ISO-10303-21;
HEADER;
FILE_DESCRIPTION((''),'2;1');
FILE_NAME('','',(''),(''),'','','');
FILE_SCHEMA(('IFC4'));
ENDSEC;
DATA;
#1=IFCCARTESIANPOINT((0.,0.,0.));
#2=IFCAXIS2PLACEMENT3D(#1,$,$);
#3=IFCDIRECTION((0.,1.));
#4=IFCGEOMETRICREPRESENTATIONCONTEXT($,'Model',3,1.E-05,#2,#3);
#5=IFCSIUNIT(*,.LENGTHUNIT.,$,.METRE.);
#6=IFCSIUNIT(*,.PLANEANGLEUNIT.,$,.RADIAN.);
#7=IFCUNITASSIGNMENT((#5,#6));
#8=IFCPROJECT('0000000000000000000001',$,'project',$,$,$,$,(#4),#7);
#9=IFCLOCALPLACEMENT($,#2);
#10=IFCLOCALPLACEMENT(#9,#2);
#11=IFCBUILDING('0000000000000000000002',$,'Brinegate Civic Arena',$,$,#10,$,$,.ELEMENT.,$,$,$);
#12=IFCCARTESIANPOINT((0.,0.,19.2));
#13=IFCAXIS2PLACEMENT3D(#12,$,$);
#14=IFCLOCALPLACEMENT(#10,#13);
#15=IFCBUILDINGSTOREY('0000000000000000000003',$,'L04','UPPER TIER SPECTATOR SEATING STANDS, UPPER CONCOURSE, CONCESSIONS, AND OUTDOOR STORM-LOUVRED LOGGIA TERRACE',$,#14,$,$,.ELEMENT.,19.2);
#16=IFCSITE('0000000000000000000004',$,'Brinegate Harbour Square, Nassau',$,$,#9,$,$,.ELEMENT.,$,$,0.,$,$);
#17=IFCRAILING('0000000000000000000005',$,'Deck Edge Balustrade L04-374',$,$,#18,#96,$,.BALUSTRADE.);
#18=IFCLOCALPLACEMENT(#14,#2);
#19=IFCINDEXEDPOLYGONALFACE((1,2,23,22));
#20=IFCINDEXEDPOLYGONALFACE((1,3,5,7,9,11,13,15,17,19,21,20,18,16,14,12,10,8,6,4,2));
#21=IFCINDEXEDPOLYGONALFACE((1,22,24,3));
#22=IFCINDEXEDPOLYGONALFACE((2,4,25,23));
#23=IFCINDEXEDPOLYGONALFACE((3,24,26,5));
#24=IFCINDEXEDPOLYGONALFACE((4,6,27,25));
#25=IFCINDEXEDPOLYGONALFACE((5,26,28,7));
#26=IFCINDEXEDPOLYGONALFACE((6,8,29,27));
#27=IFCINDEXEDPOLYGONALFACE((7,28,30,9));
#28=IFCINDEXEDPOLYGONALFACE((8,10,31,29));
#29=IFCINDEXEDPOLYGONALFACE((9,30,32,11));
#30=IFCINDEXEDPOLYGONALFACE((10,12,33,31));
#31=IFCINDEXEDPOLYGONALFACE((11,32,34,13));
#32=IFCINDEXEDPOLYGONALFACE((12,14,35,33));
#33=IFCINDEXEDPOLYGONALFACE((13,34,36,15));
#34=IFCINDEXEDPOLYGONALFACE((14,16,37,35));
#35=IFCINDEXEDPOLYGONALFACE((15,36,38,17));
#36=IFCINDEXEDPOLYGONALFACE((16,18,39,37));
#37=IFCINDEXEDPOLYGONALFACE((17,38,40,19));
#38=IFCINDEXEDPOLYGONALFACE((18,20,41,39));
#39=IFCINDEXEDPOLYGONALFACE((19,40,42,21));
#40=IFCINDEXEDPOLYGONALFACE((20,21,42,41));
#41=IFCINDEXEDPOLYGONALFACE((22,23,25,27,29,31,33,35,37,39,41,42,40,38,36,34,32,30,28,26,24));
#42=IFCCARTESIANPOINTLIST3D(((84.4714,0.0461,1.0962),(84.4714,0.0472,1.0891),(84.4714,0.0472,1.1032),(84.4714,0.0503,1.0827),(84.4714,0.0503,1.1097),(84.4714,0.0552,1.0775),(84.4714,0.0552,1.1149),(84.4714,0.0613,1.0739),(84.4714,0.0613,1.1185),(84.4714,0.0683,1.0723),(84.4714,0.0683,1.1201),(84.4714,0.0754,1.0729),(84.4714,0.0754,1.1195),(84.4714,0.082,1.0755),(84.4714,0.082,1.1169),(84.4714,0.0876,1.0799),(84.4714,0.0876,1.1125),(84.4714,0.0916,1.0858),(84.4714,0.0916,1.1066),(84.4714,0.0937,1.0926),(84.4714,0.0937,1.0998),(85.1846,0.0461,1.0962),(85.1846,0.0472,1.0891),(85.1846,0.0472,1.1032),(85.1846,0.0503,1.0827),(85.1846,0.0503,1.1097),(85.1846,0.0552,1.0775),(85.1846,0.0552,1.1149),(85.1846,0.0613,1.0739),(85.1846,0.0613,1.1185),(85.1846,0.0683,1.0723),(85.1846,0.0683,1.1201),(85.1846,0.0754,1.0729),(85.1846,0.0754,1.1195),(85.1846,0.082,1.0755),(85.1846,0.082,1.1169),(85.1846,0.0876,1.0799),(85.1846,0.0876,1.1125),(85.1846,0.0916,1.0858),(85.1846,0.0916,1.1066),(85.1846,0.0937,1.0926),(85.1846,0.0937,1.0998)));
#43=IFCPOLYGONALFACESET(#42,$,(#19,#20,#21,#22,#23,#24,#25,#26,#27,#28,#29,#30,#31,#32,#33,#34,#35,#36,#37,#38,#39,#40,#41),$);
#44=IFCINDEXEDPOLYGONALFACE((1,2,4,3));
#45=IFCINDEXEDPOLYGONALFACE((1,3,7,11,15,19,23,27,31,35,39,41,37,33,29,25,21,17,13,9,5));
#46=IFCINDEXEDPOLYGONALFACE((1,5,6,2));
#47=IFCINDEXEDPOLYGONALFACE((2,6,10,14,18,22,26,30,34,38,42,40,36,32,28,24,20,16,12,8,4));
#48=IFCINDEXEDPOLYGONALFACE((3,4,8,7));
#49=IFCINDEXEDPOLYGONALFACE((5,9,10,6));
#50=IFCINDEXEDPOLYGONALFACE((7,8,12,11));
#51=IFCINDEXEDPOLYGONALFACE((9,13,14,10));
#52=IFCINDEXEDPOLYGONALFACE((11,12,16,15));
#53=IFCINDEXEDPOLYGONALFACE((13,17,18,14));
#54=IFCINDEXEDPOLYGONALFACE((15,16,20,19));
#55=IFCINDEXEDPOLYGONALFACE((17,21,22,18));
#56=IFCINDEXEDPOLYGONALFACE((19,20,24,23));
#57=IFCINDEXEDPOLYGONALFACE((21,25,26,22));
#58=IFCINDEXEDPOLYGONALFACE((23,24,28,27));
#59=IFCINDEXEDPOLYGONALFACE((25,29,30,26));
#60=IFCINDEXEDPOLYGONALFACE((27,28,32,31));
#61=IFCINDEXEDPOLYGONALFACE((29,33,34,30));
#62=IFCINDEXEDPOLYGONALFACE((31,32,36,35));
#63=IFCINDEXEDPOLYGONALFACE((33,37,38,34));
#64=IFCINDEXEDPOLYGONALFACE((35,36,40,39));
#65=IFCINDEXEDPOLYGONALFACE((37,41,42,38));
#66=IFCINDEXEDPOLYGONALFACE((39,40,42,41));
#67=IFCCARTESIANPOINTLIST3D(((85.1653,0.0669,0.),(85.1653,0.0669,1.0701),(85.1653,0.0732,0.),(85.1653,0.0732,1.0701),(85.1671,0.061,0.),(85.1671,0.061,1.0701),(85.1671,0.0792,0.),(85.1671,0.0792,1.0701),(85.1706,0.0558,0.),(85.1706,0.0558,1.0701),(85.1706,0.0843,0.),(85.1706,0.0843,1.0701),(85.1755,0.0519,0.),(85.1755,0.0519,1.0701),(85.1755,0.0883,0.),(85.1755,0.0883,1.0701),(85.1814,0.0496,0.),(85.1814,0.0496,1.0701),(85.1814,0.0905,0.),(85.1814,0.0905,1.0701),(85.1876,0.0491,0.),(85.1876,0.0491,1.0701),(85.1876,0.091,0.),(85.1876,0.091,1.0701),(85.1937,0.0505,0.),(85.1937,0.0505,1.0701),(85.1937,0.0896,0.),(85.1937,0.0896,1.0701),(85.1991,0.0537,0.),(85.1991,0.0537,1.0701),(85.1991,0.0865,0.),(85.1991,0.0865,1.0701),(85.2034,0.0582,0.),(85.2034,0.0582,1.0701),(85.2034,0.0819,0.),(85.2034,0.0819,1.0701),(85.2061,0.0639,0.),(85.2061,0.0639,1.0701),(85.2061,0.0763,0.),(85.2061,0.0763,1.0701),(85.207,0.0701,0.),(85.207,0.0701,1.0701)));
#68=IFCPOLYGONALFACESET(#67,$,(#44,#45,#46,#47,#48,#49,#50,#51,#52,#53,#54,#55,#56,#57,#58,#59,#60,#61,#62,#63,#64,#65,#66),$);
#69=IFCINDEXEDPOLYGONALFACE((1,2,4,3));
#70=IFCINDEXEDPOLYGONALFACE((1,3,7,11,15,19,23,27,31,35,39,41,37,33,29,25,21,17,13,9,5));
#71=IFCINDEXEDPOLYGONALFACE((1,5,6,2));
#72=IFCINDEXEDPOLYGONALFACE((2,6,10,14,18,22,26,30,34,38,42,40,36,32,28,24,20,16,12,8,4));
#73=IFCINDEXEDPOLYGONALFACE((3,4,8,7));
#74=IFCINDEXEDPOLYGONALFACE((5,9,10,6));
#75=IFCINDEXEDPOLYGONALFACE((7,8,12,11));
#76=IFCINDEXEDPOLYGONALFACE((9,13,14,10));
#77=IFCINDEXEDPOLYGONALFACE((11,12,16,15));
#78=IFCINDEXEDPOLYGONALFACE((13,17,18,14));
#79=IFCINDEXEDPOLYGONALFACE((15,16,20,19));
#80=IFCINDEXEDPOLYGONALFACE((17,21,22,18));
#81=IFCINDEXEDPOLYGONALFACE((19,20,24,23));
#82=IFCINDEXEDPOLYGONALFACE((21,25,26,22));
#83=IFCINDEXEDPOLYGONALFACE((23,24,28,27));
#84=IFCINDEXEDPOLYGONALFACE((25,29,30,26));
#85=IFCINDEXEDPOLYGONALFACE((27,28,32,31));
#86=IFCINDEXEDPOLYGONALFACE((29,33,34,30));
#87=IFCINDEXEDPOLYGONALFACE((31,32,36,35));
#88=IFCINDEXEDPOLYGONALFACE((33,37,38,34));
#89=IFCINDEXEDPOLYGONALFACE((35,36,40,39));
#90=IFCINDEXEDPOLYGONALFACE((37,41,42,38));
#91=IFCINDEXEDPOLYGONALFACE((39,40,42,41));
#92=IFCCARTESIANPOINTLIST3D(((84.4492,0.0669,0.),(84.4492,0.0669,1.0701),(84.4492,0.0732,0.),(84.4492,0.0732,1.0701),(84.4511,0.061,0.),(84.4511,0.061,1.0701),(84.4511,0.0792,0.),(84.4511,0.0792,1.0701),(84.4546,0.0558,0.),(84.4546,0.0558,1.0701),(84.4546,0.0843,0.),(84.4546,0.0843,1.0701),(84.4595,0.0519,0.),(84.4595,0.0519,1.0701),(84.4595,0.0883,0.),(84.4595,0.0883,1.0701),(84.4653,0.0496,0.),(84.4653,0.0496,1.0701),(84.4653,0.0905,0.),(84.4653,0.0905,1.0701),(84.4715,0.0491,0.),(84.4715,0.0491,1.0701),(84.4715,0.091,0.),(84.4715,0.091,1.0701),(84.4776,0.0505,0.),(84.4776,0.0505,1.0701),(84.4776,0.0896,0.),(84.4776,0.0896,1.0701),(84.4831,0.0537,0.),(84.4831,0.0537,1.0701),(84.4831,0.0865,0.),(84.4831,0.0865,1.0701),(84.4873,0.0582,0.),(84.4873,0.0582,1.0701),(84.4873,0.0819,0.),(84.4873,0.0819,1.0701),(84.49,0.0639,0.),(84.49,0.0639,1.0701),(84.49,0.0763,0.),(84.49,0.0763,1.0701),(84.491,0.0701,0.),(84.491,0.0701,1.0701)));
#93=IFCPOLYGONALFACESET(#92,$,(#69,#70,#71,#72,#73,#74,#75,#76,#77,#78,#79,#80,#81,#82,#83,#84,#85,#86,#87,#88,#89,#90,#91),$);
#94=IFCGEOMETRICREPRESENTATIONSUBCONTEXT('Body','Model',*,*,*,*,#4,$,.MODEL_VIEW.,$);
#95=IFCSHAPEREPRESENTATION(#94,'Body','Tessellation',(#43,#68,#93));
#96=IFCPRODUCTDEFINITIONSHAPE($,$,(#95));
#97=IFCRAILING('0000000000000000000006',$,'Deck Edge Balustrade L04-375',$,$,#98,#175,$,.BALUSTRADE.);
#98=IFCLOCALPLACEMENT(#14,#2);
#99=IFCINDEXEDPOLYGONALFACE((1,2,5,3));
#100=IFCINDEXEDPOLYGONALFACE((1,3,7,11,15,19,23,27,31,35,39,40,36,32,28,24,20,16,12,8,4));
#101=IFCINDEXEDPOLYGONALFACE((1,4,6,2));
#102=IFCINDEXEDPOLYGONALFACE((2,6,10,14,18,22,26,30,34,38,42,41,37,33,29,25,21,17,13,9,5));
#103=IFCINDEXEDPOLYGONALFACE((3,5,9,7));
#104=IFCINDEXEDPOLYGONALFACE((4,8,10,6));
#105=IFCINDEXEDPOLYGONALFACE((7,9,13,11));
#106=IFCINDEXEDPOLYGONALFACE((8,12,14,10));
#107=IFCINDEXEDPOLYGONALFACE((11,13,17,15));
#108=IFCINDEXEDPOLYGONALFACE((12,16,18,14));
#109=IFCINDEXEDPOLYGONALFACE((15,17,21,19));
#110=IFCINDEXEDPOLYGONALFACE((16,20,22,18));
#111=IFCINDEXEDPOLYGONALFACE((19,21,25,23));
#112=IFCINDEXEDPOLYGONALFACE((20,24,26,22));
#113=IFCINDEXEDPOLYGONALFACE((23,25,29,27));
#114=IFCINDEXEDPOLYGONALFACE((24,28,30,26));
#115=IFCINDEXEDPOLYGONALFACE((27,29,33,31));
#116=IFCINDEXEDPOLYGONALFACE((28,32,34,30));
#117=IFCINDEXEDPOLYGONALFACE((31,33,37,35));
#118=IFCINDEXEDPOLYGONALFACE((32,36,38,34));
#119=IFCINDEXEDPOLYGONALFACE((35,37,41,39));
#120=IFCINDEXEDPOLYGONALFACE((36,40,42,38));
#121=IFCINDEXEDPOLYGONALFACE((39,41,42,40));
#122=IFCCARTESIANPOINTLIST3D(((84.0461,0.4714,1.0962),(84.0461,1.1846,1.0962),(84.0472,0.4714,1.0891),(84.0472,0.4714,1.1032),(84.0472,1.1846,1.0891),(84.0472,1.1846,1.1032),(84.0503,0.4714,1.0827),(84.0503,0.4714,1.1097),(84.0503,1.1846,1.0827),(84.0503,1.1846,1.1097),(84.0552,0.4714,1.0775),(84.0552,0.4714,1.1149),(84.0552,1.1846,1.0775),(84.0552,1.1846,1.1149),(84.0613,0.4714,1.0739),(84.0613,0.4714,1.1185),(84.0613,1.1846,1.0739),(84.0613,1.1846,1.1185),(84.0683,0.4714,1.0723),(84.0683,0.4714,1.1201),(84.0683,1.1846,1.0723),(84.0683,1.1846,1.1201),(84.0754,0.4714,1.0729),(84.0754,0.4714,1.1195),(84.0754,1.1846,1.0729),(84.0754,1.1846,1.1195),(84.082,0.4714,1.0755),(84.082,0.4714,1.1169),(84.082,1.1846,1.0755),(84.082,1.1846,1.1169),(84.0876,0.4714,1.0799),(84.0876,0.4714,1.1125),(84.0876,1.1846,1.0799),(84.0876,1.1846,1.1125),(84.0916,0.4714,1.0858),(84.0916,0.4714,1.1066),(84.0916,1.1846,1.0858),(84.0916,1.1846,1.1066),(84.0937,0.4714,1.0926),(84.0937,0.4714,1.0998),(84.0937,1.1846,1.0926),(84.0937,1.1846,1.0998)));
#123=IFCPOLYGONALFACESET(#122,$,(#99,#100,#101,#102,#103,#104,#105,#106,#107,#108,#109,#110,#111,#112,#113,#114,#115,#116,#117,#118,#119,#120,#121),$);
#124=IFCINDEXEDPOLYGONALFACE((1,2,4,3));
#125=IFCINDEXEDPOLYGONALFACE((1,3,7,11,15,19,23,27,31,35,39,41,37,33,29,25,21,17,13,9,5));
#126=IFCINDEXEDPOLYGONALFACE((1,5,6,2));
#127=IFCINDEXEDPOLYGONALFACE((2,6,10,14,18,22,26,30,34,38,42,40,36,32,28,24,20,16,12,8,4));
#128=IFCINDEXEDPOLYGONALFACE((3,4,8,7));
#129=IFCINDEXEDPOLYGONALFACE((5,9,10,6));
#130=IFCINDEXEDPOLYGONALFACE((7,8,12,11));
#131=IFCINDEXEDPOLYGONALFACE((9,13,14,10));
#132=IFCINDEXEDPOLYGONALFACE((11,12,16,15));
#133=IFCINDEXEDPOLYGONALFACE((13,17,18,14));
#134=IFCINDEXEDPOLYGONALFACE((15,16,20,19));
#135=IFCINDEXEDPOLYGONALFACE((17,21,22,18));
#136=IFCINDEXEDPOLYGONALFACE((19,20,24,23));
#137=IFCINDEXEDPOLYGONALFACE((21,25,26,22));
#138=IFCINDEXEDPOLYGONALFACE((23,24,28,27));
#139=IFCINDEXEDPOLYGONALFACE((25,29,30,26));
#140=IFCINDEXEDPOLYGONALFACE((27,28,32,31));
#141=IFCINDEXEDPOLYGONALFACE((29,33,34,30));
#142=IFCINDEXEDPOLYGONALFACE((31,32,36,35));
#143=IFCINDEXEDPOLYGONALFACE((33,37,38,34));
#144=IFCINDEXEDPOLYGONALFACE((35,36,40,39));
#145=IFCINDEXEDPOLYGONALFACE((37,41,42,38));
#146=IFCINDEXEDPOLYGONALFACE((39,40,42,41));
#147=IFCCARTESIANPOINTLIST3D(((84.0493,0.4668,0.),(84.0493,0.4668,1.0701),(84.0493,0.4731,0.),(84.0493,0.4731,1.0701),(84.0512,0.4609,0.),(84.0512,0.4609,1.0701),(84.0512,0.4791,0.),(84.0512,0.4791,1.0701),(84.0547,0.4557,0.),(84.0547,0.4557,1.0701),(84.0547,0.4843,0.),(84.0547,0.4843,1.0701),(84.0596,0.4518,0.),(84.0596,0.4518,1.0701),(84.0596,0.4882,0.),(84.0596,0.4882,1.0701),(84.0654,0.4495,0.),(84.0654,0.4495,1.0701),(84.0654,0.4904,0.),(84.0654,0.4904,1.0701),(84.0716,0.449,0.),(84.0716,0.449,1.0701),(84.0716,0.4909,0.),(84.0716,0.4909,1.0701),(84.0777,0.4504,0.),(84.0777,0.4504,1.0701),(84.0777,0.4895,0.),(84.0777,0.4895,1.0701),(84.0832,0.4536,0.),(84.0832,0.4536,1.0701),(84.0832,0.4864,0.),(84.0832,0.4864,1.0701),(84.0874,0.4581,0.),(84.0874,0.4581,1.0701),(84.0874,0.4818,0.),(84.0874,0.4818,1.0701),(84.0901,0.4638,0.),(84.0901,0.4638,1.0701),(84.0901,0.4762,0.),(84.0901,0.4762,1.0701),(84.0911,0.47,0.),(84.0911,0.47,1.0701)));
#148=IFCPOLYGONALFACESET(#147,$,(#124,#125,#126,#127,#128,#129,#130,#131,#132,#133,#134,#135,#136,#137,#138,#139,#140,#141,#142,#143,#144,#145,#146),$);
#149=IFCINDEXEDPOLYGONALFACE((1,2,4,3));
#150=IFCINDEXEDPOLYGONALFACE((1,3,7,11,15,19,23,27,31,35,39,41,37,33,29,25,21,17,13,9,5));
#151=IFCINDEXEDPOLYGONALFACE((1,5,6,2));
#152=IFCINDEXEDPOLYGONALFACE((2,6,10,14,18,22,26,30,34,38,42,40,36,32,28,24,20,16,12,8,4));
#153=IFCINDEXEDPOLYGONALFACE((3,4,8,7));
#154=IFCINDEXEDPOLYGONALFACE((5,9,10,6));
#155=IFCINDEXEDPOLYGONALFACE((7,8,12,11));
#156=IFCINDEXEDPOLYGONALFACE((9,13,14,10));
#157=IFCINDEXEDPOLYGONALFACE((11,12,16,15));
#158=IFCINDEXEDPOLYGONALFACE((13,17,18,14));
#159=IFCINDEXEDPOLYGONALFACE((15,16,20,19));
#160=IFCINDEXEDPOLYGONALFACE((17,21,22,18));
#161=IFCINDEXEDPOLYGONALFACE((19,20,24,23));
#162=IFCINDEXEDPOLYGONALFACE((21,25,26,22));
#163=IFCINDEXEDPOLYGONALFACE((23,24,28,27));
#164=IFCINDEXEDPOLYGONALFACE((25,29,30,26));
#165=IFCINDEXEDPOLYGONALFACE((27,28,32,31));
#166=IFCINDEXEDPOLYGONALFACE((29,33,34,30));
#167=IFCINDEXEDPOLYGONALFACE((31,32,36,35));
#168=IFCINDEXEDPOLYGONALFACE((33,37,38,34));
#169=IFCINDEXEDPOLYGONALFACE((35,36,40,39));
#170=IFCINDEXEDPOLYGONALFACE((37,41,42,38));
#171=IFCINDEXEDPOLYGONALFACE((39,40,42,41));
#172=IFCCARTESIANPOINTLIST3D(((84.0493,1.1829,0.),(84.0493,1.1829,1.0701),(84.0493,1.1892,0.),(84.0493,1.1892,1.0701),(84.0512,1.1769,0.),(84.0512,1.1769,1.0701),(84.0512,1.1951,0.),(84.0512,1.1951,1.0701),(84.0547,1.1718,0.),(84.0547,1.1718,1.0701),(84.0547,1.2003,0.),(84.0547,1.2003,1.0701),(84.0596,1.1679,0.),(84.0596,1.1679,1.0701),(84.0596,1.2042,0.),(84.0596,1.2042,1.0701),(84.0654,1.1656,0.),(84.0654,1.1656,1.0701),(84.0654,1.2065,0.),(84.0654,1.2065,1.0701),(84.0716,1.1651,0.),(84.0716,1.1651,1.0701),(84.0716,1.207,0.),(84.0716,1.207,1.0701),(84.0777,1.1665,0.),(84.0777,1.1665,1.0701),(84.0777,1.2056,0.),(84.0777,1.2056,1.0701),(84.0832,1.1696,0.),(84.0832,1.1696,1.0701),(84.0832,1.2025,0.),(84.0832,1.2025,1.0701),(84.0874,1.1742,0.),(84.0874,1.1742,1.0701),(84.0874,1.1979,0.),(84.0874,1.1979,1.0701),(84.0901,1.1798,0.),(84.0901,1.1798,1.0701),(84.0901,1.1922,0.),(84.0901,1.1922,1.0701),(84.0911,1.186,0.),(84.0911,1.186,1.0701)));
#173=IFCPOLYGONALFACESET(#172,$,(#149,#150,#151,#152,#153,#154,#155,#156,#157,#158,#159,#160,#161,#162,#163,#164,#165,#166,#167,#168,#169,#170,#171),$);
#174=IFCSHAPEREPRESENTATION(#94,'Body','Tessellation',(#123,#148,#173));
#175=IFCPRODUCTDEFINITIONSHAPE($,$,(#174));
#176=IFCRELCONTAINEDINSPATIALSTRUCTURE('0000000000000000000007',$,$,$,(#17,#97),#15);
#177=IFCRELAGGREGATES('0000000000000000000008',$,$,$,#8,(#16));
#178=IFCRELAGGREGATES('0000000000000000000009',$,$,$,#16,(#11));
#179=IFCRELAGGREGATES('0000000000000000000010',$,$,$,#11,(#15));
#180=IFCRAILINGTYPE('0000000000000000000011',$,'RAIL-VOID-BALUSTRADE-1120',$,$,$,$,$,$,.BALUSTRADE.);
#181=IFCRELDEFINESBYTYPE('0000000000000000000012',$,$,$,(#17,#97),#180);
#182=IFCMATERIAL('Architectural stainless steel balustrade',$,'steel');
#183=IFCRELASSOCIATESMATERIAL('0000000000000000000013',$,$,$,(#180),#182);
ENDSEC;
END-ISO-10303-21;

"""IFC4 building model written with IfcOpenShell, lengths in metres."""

from ifc_helpers import new_model, si_unit, direction, frame, origin, origin_2d, place, context, subcontext, project, spatial, circle, extrude, material, type_object, element, save


model = new_model("IFC4")

# Units and contexts
model_context = context("Model", 3, precision=1e-05, world=origin(), true_north=direction((0.0, 1.0)))
body_context = subcontext(model_context, "Body", "Model", "MODEL_VIEW")
ifc_project = project(units=[si_unit("LENGTHUNIT", "METRE"), si_unit("PLANEANGLEUNIT", "RADIAN")], contexts=[model_context])

# Site, building, storey
site_placement = place(None, origin())
site = spatial("IfcSite", under=ifc_project, at=site_placement, Name="Brinegate Harbour Square, Nassau", CompositionType="ELEMENT", RefElevation=0.0)
building_placement = place(site_placement, origin())
building = spatial("IfcBuilding", under=site, at=building_placement, Name="Brinegate Civic Arena", CompositionType="ELEMENT")
storey_placement = place(building_placement, frame((0.0, 0.0, 19.2)))
storey = spatial("IfcBuildingStorey", under=building, at=storey_placement, Name="L04", Description="UPPER TIER SPECTATOR SEATING STANDS, UPPER CONCOURSE, CONCESSIONS, AND OUTDOOR STORM-LOUVRED LOGGIA TERRACE", CompositionType="ELEMENT", Elevation=19.2)

# Railings
ifc_material_1 = material(Name="Architectural stainless steel balustrade", Category="steel")
railing_type = type_object("IfcRailingType", Name="RAIL-VOID-BALUSTRADE-1120", PredefinedType="BALUSTRADE", material=ifc_material_1)
railing_placement = place(storey_placement, frame((85.186, 0.0701, 0.0)))
element("IfcRailing", 1, at=railing_placement, inside=storey, type_object=railing_type, Name="Deck Edge Balustrade L04-374", PredefinedType="BALUSTRADE", context=body_context, shape_type="SweptSolid", body=[
    extrude(circle(Radius=0.0239, at=origin_2d()), frame((-0.0015, 0.0, 1.0962), z_axis=(-1.0, 0.0, 0.0), x_axis=(0.0, -1.0, 0.0)), (0.0, 0.0, 1.0), 0.7131),
    extrude(circle(Radius=0.021, at=origin_2d()), origin(), (0.0, 0.0, 1.0), 1.0701),
    extrude(circle(Radius=0.021, at=origin_2d()), frame((-0.7161, 0.0, 0.0)), (0.0, 0.0, 1.0), 1.0701),
])
for number, where, name in (
    (2, (84.0701, 0.47, 0.0), "Deck Edge Balustrade L04-375"),
):
    element("IfcRailing", number, at=place(storey_placement, frame(where)), inside=storey, type_object=railing_type, Name=name, PredefinedType="BALUSTRADE", context=body_context, shape_type="SweptSolid", body=[
        extrude(circle(Radius=0.0239, at=origin_2d()), frame((0.0, 0.0015, 1.0962), z_axis=(0.0, 1.0, 0.0), x_axis=(-1.0, 0.0, 0.0)), (0.0, 0.0, 1.0), 0.7131),
        extrude(circle(Radius=0.021, at=origin_2d()), origin(), (0.0, 0.0, 1.0), 1.0701),
        extrude(circle(Radius=0.021, at=origin_2d()), frame((0.0, 0.7161, 0.0)), (0.0, 0.0, 1.0), 1.0701),
    ])

save(model, "model.ifc")
